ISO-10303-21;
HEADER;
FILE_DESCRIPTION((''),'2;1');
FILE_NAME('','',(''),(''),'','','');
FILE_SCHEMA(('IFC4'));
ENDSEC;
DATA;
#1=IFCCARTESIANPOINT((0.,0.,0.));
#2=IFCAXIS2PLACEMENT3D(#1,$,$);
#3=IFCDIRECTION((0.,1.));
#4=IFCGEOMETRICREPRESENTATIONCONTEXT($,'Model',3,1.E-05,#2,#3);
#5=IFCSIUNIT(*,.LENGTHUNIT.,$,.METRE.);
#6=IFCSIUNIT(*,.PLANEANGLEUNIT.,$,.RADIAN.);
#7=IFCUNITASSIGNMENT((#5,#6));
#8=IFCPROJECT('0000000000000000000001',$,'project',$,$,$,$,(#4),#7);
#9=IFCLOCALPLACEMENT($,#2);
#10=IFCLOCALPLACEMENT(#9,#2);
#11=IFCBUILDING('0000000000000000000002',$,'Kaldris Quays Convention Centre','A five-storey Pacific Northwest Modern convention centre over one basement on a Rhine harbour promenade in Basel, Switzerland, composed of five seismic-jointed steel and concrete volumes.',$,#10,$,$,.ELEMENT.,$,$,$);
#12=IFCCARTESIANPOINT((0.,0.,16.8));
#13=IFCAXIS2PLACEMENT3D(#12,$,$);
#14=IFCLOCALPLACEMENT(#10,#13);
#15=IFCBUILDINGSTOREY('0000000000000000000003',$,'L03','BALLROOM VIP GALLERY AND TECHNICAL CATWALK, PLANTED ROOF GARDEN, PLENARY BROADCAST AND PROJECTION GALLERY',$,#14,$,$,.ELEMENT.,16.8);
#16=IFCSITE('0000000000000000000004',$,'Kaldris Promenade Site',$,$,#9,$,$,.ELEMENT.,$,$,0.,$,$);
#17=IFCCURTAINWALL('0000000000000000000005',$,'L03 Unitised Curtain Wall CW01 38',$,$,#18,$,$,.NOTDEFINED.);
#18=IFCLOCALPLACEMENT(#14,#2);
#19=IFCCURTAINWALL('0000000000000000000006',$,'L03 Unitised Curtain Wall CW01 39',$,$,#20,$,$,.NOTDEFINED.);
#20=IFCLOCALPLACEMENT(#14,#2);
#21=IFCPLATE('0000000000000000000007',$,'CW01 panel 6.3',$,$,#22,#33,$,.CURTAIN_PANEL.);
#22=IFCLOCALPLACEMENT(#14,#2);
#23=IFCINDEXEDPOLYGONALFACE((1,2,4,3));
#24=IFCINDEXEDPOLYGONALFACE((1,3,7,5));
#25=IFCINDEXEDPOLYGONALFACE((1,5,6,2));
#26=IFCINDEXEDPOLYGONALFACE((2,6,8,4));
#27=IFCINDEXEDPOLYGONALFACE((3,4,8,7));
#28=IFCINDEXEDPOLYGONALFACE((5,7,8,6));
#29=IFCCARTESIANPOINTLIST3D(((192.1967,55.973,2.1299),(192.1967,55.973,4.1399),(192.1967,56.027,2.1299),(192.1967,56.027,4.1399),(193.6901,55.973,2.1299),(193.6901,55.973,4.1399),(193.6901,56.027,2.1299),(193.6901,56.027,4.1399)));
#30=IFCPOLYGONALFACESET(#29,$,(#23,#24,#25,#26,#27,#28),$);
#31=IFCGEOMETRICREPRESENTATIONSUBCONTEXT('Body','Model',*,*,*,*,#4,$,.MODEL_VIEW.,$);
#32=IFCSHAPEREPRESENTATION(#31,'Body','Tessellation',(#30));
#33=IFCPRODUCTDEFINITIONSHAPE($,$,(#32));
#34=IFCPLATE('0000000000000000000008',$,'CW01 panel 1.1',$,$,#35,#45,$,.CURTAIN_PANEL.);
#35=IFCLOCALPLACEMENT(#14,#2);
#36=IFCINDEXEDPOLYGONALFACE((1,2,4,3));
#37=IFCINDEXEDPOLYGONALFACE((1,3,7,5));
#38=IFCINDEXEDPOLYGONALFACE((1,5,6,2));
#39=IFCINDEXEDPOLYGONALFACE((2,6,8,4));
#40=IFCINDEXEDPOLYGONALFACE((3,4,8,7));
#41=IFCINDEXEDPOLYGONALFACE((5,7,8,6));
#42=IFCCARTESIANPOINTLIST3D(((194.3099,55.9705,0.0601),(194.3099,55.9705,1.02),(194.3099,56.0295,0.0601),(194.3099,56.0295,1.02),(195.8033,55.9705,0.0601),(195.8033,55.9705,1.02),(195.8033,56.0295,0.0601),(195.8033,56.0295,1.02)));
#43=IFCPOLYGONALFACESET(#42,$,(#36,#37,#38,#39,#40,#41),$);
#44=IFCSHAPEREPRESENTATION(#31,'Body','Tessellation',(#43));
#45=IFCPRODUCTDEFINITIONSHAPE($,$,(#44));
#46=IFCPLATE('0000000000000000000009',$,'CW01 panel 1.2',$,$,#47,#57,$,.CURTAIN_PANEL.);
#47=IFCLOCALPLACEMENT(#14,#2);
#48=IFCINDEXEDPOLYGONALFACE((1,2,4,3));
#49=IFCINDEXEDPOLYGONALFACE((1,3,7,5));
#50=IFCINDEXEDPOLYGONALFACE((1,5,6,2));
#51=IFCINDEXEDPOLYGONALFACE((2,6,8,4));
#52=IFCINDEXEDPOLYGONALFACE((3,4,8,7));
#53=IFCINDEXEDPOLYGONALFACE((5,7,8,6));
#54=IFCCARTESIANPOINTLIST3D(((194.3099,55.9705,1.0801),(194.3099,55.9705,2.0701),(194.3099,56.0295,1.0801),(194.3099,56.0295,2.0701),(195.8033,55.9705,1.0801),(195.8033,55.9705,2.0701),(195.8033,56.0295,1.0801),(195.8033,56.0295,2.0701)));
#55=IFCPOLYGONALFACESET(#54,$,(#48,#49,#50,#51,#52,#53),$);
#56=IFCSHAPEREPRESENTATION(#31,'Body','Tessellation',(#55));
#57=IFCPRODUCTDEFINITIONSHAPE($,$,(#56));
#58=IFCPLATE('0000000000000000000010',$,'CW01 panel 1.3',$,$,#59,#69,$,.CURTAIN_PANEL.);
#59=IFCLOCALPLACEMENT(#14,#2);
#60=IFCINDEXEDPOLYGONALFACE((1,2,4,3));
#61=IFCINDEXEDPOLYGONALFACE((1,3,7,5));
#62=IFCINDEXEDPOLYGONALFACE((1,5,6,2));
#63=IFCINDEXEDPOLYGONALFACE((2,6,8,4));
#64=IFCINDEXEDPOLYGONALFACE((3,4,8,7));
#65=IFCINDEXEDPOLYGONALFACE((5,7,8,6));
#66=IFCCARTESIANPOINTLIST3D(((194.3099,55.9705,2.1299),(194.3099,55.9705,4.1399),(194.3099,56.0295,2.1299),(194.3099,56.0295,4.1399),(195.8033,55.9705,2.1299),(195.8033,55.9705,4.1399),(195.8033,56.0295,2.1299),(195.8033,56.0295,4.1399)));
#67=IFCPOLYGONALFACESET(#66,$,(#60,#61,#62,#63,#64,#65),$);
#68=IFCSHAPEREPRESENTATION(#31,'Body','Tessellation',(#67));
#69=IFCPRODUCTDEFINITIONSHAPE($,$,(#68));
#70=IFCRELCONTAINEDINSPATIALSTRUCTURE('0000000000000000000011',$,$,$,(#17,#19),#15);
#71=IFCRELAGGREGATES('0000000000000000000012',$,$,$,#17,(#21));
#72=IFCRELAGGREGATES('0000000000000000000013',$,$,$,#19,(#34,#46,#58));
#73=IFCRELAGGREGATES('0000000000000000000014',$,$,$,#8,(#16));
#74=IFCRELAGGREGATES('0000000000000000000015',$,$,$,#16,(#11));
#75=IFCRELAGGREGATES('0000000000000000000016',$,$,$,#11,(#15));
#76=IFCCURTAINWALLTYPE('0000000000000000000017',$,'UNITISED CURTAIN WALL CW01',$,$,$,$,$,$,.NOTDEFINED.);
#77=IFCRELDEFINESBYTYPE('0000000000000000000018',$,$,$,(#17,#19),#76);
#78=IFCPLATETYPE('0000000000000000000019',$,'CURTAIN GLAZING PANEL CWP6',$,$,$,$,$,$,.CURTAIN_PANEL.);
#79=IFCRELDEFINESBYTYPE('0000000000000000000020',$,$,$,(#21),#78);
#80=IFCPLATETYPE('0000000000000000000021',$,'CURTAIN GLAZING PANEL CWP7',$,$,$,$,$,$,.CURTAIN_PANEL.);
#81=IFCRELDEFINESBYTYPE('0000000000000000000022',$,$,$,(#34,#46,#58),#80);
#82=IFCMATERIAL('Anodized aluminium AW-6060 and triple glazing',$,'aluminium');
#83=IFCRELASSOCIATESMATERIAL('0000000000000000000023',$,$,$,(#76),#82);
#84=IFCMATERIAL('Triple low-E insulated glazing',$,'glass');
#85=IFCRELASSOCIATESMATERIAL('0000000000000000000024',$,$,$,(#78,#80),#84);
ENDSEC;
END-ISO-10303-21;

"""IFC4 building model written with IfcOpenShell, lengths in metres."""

from ifc_helpers import new_model, si_unit, direction, frame, origin, origin_2d, place, context, subcontext, project, spatial, rectangle, extrude, material, type_object, element, aggregate, save


model = new_model("IFC4")

# Units and contexts
model_context = context("Model", 3, precision=1e-05, world=origin(), true_north=direction((0.0, 1.0)))
body_context = subcontext(model_context, "Body", "Model", "MODEL_VIEW")
ifc_project = project(units=[si_unit("LENGTHUNIT", "METRE"), si_unit("PLANEANGLEUNIT", "RADIAN")], contexts=[model_context])

# Site, building, storey
site_placement = place(None, origin())
site = spatial("IfcSite", under=ifc_project, at=site_placement, Name="Kaldris Promenade Site", CompositionType="ELEMENT", RefElevation=0.0)
building_placement = place(site_placement, origin())
building = spatial("IfcBuilding", under=site, at=building_placement, Name="Kaldris Quays Convention Centre", Description="A five-storey Pacific Northwest Modern convention centre over one basement on a Rhine harbour promenade in Basel, Switzerland, composed of five seismic-jointed steel and concrete volumes.", CompositionType="ELEMENT")
storey_placement = place(building_placement, frame((0.0, 0.0, 16.8)))
storey = spatial("IfcBuildingStorey", under=building, at=storey_placement, Name="L03", Description="BALLROOM VIP GALLERY AND TECHNICAL CATWALK, PLANTED ROOF GARDEN, PLENARY BROADCAST AND PROJECTION GALLERY", CompositionType="ELEMENT", Elevation=16.8)

# Curtain walls
ifc_material_1 = material(Name="Anodized aluminium AW-6060 and triple glazing", Category="aluminium")
curtain_wall_type = type_object("IfcCurtainWallType", Name="UNITISED CURTAIN WALL CW01", PredefinedType="NOTDEFINED", material=ifc_material_1)
curtain_wall_1_placement = place(storey_placement, origin())
curtain_wall_1 = element("IfcCurtainWall", 1, at=curtain_wall_1_placement, inside=storey, type_object=curtain_wall_type, Name="L03 Unitised Curtain Wall CW01 38", PredefinedType="NOTDEFINED")
curtain_wall_2_placement = place(storey_placement, origin())
curtain_wall_2 = element("IfcCurtainWall", 2, at=curtain_wall_2_placement, inside=storey, type_object=curtain_wall_type, Name="L03 Unitised Curtain Wall CW01 39", PredefinedType="NOTDEFINED")

# Plates
ifc_material_2 = material(Name="Triple low-E insulated glazing", Category="glass")
plate_type_1 = type_object("IfcPlateType", Name="CURTAIN GLAZING PANEL CWP6", PredefinedType="CURTAIN_PANEL", material=ifc_material_2)
plate_1_placement = place(storey_placement, frame((192.9434, 56.0, 2.1299), z_axis=(0.0, 0.0, 1.0), x_axis=(1.0, 0.0, 0.0)))
plate_1 = element("IfcPlate", 3, at=plate_1_placement, type_object=plate_type_1, Name="CW01 panel 6.3", PredefinedType="CURTAIN_PANEL", context=body_context, shape_type="SweptSolid", body=[
    extrude(rectangle(XDim=1.4934, YDim=0.054, at=origin_2d()), origin(), (0.0, 0.0, 1.0), 2.01),
])
aggregate(curtain_wall_1, [plate_1])
plate_type_2 = type_object("IfcPlateType", Name="CURTAIN GLAZING PANEL CWP7", PredefinedType="CURTAIN_PANEL", material=ifc_material_2)
plate_2_placement = place(storey_placement, frame((195.0566, 56.0, 0.0601), z_axis=(0.0, 0.0, 1.0), x_axis=(1.0, 0.0, 0.0)))
plate_2 = element("IfcPlate", 4, at=plate_2_placement, type_object=plate_type_2, Name="CW01 panel 1.1", PredefinedType="CURTAIN_PANEL", context=body_context, shape_type="SweptSolid", body=[
    extrude(rectangle(XDim=1.4934, YDim=0.0591, at=origin_2d()), origin(), (0.0, 0.0, 1.0), 0.96),
])
plate_3_placement = place(storey_placement, frame((195.0566, 56.0, 1.0801), z_axis=(0.0, 0.0, 1.0), x_axis=(1.0, 0.0, 0.0)))
plate_3 = element("IfcPlate", 5, at=plate_3_placement, type_object=plate_type_2, Name="CW01 panel 1.2", PredefinedType="CURTAIN_PANEL", context=body_context, shape_type="SweptSolid", body=[
    extrude(rectangle(XDim=1.4934, YDim=0.0591, at=origin_2d()), origin(), (0.0, 0.0, 1.0), 0.99),
])
plate_4_placement = place(storey_placement, frame((195.0566, 56.0, 2.1299), z_axis=(0.0, 0.0, 1.0), x_axis=(1.0, 0.0, 0.0)))
plate_4 = element("IfcPlate", 6, at=plate_4_placement, type_object=plate_type_2, Name="CW01 panel 1.3", PredefinedType="CURTAIN_PANEL", context=body_context, shape_type="SweptSolid", body=[
    extrude(rectangle(XDim=1.4934, YDim=0.0591, at=origin_2d()), origin(), (0.0, 0.0, 1.0), 2.01),
])
aggregate(curtain_wall_2, [plate_2, plate_3, plate_4])

save(model, "model.ifc")
